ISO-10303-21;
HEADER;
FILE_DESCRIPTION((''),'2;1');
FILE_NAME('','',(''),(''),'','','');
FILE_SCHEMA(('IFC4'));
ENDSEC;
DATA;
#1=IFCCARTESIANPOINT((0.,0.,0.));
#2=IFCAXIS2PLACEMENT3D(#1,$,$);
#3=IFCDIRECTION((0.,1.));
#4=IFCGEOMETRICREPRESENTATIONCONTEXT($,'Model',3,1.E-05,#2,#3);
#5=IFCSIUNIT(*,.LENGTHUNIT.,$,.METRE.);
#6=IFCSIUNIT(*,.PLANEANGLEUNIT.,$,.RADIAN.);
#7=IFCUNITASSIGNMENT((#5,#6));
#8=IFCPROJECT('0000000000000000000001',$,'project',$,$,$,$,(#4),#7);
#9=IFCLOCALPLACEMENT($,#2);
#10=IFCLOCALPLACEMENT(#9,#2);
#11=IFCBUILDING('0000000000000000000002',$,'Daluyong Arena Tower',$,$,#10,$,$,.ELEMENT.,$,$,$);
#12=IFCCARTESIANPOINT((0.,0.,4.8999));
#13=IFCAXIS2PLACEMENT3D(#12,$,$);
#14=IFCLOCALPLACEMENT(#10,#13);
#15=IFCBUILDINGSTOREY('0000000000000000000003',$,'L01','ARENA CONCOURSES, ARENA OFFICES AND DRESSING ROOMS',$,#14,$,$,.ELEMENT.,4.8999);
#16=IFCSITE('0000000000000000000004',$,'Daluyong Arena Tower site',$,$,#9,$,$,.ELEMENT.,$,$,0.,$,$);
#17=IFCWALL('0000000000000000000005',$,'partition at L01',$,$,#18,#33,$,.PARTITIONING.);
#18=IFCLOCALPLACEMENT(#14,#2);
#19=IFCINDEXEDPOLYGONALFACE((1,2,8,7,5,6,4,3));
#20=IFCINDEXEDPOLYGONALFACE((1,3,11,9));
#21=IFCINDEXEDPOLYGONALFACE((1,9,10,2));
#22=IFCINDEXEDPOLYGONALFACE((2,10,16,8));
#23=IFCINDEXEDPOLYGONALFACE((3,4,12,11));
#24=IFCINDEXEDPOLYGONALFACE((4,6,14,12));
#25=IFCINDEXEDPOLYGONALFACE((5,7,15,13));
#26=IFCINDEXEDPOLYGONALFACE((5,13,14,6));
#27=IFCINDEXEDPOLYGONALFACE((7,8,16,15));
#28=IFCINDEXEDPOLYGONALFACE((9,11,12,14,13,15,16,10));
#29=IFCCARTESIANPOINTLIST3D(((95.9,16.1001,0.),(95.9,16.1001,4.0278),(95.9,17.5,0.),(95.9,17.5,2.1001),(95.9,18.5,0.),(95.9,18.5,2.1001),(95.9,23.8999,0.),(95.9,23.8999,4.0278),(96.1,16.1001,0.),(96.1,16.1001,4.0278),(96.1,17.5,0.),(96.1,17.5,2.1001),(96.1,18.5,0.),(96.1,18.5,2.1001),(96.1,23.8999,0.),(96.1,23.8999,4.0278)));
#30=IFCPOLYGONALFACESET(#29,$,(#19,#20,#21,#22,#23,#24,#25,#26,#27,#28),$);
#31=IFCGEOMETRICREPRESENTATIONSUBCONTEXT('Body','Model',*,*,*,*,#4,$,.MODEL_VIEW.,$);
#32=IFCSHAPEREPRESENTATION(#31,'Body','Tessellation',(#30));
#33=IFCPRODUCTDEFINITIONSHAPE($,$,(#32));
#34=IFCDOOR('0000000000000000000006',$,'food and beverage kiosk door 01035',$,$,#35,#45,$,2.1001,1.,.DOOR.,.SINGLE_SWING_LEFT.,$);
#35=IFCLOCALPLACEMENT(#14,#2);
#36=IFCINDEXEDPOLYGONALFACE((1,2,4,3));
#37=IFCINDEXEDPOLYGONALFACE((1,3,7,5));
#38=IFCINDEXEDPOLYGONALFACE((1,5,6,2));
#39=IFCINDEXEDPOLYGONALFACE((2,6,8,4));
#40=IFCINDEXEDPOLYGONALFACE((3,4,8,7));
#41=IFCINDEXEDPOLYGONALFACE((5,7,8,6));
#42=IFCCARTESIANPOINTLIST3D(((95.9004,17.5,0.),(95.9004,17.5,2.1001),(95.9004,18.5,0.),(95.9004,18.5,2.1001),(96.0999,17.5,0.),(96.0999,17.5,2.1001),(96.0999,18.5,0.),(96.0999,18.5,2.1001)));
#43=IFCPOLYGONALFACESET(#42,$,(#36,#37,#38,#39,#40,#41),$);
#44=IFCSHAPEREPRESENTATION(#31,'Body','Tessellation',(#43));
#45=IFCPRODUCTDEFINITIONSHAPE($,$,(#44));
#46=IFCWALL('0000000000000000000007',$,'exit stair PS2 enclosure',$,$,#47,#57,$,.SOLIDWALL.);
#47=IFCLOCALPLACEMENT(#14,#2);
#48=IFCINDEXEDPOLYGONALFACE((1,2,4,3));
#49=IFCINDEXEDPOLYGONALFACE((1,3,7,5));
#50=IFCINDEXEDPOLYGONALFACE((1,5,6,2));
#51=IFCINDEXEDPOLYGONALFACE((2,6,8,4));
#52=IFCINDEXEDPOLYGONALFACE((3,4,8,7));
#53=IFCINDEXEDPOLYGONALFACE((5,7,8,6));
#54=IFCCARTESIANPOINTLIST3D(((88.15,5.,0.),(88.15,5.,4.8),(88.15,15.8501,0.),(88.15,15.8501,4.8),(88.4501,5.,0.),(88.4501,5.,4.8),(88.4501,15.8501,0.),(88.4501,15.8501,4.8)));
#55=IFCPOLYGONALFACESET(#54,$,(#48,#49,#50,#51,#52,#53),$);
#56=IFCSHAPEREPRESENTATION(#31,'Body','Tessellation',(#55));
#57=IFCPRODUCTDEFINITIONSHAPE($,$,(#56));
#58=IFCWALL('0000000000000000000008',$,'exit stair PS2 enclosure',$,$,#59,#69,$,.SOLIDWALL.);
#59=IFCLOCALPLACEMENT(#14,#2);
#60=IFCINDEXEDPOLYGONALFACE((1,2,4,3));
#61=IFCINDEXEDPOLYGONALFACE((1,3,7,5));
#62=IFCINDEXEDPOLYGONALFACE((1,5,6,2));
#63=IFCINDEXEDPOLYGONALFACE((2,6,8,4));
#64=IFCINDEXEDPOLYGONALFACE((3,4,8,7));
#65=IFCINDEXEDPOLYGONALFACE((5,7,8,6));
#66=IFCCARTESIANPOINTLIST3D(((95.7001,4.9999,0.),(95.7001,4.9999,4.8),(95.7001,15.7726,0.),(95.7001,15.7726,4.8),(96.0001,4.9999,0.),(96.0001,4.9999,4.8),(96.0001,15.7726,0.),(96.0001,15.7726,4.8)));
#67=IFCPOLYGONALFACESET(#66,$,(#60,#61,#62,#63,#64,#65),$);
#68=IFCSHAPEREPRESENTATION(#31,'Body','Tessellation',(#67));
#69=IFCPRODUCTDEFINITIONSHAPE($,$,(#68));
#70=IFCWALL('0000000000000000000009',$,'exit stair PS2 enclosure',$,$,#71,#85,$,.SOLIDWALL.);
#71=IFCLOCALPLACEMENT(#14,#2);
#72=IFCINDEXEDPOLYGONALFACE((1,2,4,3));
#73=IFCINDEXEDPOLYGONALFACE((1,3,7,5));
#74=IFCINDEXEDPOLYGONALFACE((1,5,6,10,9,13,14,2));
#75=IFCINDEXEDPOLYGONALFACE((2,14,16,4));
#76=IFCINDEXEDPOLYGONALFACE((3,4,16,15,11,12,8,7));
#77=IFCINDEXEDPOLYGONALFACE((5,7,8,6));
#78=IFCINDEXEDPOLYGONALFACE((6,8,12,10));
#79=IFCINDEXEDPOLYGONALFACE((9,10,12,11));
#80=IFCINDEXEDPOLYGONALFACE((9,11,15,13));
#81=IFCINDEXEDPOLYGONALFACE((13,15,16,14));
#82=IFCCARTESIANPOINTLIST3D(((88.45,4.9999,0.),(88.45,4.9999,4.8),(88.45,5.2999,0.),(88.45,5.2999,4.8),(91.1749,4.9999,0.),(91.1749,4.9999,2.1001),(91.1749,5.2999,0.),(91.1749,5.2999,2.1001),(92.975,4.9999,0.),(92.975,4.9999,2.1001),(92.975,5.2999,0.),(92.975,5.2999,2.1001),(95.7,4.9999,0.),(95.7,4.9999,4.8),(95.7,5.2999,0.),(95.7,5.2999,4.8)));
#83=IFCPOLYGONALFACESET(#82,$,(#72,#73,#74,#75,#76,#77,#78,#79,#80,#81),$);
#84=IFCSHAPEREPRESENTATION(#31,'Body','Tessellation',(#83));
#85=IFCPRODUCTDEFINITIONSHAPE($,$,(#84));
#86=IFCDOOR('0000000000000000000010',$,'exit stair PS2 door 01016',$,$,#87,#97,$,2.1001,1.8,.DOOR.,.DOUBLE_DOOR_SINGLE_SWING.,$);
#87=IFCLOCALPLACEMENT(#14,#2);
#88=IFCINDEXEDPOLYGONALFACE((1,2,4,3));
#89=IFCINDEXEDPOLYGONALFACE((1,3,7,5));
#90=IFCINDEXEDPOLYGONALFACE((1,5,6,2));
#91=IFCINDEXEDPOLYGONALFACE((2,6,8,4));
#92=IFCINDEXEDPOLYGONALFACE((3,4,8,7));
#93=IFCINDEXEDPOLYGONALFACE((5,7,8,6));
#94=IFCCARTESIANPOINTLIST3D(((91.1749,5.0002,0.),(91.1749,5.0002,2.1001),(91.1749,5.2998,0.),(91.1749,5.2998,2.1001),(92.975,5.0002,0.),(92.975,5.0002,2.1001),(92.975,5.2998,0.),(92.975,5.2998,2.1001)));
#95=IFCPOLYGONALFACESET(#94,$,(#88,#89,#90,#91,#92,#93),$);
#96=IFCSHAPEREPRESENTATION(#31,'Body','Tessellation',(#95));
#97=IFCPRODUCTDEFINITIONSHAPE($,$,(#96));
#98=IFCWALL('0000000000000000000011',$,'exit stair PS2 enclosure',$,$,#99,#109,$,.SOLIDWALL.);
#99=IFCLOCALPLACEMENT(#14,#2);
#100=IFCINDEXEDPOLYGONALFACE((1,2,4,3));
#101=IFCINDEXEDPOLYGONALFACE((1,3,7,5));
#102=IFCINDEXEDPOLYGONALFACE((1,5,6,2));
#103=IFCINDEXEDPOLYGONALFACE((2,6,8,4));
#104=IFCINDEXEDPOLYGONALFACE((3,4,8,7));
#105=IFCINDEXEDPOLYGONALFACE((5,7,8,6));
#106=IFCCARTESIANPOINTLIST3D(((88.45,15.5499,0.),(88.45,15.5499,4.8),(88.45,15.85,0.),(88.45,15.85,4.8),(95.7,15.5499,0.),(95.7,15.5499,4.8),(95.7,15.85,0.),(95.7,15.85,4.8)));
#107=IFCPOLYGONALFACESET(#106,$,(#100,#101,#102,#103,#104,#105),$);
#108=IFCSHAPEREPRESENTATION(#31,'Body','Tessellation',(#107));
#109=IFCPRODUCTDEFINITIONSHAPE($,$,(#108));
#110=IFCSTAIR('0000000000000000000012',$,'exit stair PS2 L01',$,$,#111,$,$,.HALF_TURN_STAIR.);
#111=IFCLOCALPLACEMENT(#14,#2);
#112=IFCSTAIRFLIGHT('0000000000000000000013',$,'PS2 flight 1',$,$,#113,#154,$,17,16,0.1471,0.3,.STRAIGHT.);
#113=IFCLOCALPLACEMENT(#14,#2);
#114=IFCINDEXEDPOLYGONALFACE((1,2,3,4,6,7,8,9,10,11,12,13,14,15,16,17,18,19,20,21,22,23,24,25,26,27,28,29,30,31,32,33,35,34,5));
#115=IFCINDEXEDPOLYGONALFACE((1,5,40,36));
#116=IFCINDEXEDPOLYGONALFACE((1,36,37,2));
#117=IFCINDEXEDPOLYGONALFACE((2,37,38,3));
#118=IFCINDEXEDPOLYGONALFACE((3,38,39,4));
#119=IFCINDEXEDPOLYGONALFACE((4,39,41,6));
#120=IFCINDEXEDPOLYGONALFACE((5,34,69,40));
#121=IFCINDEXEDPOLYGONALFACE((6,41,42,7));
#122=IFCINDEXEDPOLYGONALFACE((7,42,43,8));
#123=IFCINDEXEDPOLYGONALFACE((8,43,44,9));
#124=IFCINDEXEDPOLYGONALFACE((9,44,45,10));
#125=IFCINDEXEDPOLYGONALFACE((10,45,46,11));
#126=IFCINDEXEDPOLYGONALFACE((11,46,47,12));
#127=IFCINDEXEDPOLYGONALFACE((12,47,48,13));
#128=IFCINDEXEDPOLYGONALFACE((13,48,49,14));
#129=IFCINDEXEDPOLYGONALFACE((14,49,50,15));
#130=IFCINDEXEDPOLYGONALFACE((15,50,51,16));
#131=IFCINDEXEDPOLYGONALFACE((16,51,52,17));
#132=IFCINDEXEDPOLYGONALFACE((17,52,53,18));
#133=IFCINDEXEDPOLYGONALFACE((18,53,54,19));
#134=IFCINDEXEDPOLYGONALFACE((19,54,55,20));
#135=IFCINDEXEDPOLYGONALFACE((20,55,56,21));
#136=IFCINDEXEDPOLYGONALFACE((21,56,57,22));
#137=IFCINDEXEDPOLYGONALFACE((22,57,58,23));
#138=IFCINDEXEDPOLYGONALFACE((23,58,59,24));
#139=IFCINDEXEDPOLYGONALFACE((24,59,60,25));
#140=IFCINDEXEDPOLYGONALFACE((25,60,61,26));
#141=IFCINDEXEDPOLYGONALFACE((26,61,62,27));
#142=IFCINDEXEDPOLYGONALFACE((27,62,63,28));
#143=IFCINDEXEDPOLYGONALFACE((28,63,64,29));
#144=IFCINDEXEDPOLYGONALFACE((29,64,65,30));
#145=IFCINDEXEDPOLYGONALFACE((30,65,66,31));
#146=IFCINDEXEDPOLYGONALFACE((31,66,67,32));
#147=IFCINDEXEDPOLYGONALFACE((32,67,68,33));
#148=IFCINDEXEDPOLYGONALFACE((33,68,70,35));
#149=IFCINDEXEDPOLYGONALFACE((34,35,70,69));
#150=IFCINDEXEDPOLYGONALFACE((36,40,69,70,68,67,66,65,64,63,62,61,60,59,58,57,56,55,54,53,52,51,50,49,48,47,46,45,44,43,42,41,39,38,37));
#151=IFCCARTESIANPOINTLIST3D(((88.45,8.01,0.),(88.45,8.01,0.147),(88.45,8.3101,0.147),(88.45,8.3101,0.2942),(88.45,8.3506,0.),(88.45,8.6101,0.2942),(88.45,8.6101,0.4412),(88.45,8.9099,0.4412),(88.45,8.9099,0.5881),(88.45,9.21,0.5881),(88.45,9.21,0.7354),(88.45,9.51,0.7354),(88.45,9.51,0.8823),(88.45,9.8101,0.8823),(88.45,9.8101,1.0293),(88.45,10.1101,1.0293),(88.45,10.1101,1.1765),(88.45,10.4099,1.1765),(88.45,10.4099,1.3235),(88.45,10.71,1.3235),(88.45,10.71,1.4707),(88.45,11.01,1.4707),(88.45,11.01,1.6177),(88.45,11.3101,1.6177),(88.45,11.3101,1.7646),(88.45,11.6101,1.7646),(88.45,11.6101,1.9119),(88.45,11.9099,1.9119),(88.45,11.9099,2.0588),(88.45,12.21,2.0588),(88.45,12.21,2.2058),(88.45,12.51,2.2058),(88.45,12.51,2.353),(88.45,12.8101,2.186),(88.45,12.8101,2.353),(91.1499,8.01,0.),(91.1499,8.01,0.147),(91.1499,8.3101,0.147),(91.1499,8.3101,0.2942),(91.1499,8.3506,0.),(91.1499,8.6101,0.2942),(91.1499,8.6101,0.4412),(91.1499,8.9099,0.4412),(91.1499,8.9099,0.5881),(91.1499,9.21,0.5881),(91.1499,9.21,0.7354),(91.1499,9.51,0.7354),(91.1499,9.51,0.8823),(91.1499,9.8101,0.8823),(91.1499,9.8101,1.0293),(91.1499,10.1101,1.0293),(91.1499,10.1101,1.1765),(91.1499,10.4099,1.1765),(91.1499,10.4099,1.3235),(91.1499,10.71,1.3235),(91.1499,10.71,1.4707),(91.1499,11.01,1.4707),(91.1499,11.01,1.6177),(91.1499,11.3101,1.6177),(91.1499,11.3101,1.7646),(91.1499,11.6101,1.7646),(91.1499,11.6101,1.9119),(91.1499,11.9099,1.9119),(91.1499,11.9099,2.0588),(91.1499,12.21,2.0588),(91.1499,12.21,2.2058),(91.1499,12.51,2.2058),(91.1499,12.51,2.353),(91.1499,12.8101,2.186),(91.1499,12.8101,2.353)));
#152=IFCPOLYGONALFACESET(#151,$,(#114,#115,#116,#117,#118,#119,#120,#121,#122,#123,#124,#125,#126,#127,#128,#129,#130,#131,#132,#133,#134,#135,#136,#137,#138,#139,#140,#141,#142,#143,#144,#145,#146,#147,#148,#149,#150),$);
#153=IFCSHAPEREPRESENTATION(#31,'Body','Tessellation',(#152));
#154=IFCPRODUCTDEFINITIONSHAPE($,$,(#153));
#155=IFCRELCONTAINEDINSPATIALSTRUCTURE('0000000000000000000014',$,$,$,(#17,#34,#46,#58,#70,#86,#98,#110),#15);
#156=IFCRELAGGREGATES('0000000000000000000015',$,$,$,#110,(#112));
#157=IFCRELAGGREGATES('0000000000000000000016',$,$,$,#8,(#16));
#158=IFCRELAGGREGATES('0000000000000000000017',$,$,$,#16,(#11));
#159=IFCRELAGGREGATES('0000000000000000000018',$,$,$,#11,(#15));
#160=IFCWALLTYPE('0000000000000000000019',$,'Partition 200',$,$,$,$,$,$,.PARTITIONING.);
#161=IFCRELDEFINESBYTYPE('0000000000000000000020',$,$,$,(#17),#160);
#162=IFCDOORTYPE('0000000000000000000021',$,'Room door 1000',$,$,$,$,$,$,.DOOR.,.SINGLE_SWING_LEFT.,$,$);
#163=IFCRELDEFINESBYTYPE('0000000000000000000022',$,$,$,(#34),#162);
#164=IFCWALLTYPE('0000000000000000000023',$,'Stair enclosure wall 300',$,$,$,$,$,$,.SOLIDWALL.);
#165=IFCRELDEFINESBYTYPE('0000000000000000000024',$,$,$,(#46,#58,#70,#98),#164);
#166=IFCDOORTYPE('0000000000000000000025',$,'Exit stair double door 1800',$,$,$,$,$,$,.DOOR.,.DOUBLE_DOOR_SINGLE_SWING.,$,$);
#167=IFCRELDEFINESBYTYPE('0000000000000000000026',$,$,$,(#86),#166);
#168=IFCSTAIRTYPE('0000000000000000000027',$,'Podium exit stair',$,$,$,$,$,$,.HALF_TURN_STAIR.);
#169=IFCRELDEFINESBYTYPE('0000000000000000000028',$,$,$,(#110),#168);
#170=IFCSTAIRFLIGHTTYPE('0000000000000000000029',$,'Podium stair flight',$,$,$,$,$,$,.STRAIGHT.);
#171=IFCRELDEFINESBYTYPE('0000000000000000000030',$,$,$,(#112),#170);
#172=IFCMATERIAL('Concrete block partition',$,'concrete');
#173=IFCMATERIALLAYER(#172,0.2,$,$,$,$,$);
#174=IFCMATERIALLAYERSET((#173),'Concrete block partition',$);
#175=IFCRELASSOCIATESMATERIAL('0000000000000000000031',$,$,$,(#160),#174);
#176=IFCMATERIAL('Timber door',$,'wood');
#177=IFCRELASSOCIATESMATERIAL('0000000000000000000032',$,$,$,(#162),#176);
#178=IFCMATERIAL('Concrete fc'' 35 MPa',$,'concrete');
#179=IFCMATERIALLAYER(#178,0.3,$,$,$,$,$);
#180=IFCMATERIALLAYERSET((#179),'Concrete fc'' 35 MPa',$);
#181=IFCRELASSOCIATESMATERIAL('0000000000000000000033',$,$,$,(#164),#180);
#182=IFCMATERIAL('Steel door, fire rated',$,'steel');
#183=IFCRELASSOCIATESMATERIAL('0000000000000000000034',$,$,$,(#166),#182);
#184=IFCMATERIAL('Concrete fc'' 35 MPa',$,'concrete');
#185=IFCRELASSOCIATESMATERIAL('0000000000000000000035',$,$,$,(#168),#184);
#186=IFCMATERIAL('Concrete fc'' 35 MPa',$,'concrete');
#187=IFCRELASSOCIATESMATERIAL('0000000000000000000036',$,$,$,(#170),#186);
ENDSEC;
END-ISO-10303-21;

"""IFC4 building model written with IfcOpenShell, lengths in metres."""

from ifc_helpers import new_model, si_unit, direction, frame, frame_2d, origin, place, context, subcontext, project, spatial, polyline, rectangle, outline, extrude, material, layer, layer_set, type_object, element, fill, aggregate, save


model = new_model("IFC4")

# Units and contexts
model_context = context("Model", 3, precision=1e-05, world=origin(), true_north=direction((0.0, 1.0)))
body_context = subcontext(model_context, "Body", "Model", "MODEL_VIEW")
ifc_project = project(units=[si_unit("LENGTHUNIT", "METRE"), si_unit("PLANEANGLEUNIT", "RADIAN")], contexts=[model_context])

# Site, building, storey
site_placement = place(None, origin())
site = spatial("IfcSite", under=ifc_project, at=site_placement, Name="Daluyong Arena Tower site", CompositionType="ELEMENT", RefElevation=0.0)
building_placement = place(site_placement, origin())
building = spatial("IfcBuilding", under=site, at=building_placement, Name="Daluyong Arena Tower", CompositionType="ELEMENT")
storey_placement = place(building_placement, frame((0.0, 0.0, 4.8999)))
storey = spatial("IfcBuildingStorey", under=building, at=storey_placement, Name="L01", Description="ARENA CONCOURSES, ARENA OFFICES AND DRESSING ROOMS", CompositionType="ELEMENT", Elevation=4.8999)

# Shared definitions
ifc_material_1 = material(Name="Concrete block partition", Category="concrete")
ifc_layer_1 = layer(ifc_material_1, 0.2)
ifc_layer_set_1 = layer_set([ifc_layer_1], Name="Concrete block partition")
wall_type_1 = type_object("IfcWallType", Name="Partition 200", PredefinedType="PARTITIONING", material=ifc_layer_set_1)

# Wall, opening, door
wall_1_placement = place(storey_placement, frame((96.0, 16.1001, 0.0), z_axis=(0.0, 0.0, 1.0), x_axis=(0.0, 1.0, 0.0)))
wall_1 = element("IfcWall", 1, at=wall_1_placement, inside=storey, type_object=wall_type_1, Name="partition at L01", PredefinedType="PARTITIONING", context=body_context, shape_type="SweptSolid", body=[
    extrude(rectangle(XDim=7.7998, YDim=0.2, at=frame_2d((3.8999, 0.0))), origin(), (0.0, 0.0, 1.0), 4.0278),
])
opening_1_placement = place(wall_1_placement, frame((1.3999, 0.0, 0.0)))
opening_1 = element("IfcOpeningElement", 2, at=opening_1_placement, cuts=wall_1, PredefinedType="OPENING", context=body_context, shape_type="SweptSolid", body=[
    extrude(rectangle(XDim=1.0, YDim=2.1001, at=frame_2d((0.5, 1.05))), frame((0.0, 0.1099, 0.0), z_axis=(0.0, -1.0, 0.0), x_axis=(1.0, 0.0, 0.0)), (0.0, 0.0, 1.0), 0.22),
])
ifc_material_2 = material(Name="Timber door", Category="wood")
door_type_1 = type_object("IfcDoorType", Name="Room door 1000", OperationType="SINGLE_SWING_LEFT", PredefinedType="DOOR", material=ifc_material_2)
door_1_placement = place(opening_1_placement, origin())
door_1 = element("IfcDoor", 3, at=door_1_placement, inside=storey, type_object=door_type_1, Name="food and beverage kiosk door 01035", OperationType="SINGLE_SWING_LEFT", OverallHeight=2.1001, OverallWidth=1.0, PredefinedType="DOOR", context=body_context, shape_type="SweptSolid", body=[
    extrude(rectangle(XDim=1.0, YDim=2.1001, at=frame_2d((0.5, 1.05))), frame((0.0, 0.0996, 0.0), z_axis=(0.0, -1.0, 0.0), x_axis=(1.0, 0.0, 0.0)), (0.0, 0.0, 1.0), 0.1995),
])
fill(opening_1, door_1)

# Walls
ifc_material_3 = material(Name="Concrete fc' 35 MPa", Category="concrete")
ifc_layer_2 = layer(ifc_material_3, 0.3)
ifc_layer_set_2 = layer_set([ifc_layer_2], Name="Concrete fc' 35 MPa")
wall_type_2 = type_object("IfcWallType", Name="Stair enclosure wall 300", PredefinedType="SOLIDWALL", material=ifc_layer_set_2)
wall_2_placement = place(storey_placement, frame((88.3, 5.0, 0.0), z_axis=(0.0, 0.0, 1.0), x_axis=(0.0, 1.0, 0.0)))
element("IfcWall", 4, at=wall_2_placement, inside=storey, type_object=wall_type_2, Name="exit stair PS2 enclosure", PredefinedType="SOLIDWALL", context=body_context, shape_type="SweptSolid", body=[
    extrude(rectangle(XDim=10.8501, YDim=0.3, at=frame_2d((5.425, 0.0))), origin(), (0.0, 0.0, 1.0), 4.8),
])
wall_3_placement = place(storey_placement, frame((95.8501, 5.0, 0.0), z_axis=(0.0, 0.0, 1.0), x_axis=(0.0, 1.0, 0.0)))
element("IfcWall", 5, at=wall_3_placement, inside=storey, type_object=wall_type_2, Name="exit stair PS2 enclosure", PredefinedType="SOLIDWALL", context=body_context, shape_type="SweptSolid", body=[
    extrude(rectangle(XDim=10.7727, YDim=0.3, at=frame_2d((5.3862, 0.0))), origin(), (0.0, 0.0, 1.0), 4.8),
])

# Wall, opening, door
wall_4_placement = place(storey_placement, frame((88.45, 5.1499, 0.0), z_axis=(0.0, 0.0, 1.0), x_axis=(1.0, 0.0, 0.0)))
wall_4 = element("IfcWall", 6, at=wall_4_placement, inside=storey, type_object=wall_type_2, Name="exit stair PS2 enclosure", PredefinedType="SOLIDWALL", context=body_context, shape_type="SweptSolid", body=[
    extrude(rectangle(XDim=7.25, YDim=0.3, at=frame_2d((3.625, 0.0))), origin(), (0.0, 0.0, 1.0), 4.8),
])
opening_2_placement = place(wall_4_placement, frame((2.7251, 0.0, 0.0)))
opening_2 = element("IfcOpeningElement", 7, at=opening_2_placement, cuts=wall_4, PredefinedType="OPENING", context=body_context, shape_type="SweptSolid", body=[
    extrude(rectangle(XDim=1.8, YDim=2.1001, at=frame_2d((0.8999, 1.05))), frame((0.0, 0.1599, 0.0), z_axis=(0.0, -1.0, 0.0), x_axis=(1.0, 0.0, 0.0)), (0.0, 0.0, 1.0), 0.3201),
])
ifc_material_4 = material(Name="Steel door, fire rated", Category="steel")
door_type_2 = type_object("IfcDoorType", Name="Exit stair double door 1800", OperationType="DOUBLE_DOOR_SINGLE_SWING", PredefinedType="DOOR", material=ifc_material_4)
door_2_placement = place(opening_2_placement, origin())
door_2 = element("IfcDoor", 8, at=door_2_placement, inside=storey, type_object=door_type_2, Name="exit stair PS2 door 01016", OperationType="DOUBLE_DOOR_SINGLE_SWING", OverallHeight=2.1001, OverallWidth=1.8, PredefinedType="DOOR", context=body_context, shape_type="SweptSolid", body=[
    extrude(rectangle(XDim=1.8, YDim=2.1001, at=frame_2d((0.8999, 1.05))), frame((0.0, 0.1499, 0.0), z_axis=(0.0, -1.0, 0.0), x_axis=(1.0, 0.0, 0.0)), (0.0, 0.0, 1.0), 0.2996),
])
fill(opening_2, door_2)

# Wall
wall_5_placement = place(storey_placement, frame((88.45, 15.7, 0.0), z_axis=(0.0, 0.0, 1.0), x_axis=(1.0, 0.0, 0.0)))
element("IfcWall", 9, at=wall_5_placement, inside=storey, type_object=wall_type_2, Name="exit stair PS2 enclosure", PredefinedType="SOLIDWALL", context=body_context, shape_type="SweptSolid", body=[
    extrude(rectangle(XDim=7.25, YDim=0.3, at=frame_2d((3.625, 0.0))), origin(), (0.0, 0.0, 1.0), 4.8),
])

# Stair, stair flight
ifc_material_5 = material(Name="Concrete fc' 35 MPa", Category="concrete")
stair_type = type_object("IfcStairType", Name="Podium exit stair", PredefinedType="HALF_TURN_STAIR", material=ifc_material_5)
stair_placement = place(storey_placement, origin())
stair = element("IfcStair", 10, at=stair_placement, inside=storey, type_object=stair_type, Name="exit stair PS2 L01", PredefinedType="HALF_TURN_STAIR")
ifc_material_6 = material(Name="Concrete fc' 35 MPa", Category="concrete")
stair_flight_type = type_object("IfcStairFlightType", Name="Podium stair flight", PredefinedType="STRAIGHT", material=ifc_material_6)
stair_flight_1_placement = place(storey_placement, frame((89.8, 8.01, 0.0), z_axis=(0.0, 0.0, 1.0), x_axis=(0.0, 1.0, 0.0)))
stair_flight_1 = element("IfcStairFlight", 11, at=stair_flight_1_placement, type_object=stair_flight_type, Name="PS2 flight 1", NumberOfRisers=17, NumberOfTreads=16, PredefinedType="STRAIGHT", RiserHeight=0.1471, TreadLength=0.3, context=body_context, shape_type="SweptSolid", body=[
    extrude(outline(polyline([(0.0, 0.0), (0.0, 0.147), (0.3, 0.147), (0.3, 0.2942), (0.6001, 0.2942), (0.6001, 0.4412), (0.8999, 0.4412), (0.8999, 0.5881), (1.2, 0.5881), (1.2, 0.7354), (1.5, 0.7354), (1.5, 0.8823), (1.8, 0.8823), (1.8, 1.0293), (2.1001, 1.0293), (2.1001, 1.1765), (2.3999, 1.1765), (2.3999, 1.3235), (2.7, 1.3235), (2.7, 1.4707), (3.0, 1.4707), (3.0, 1.6177), (3.3, 1.6177), (3.3, 1.7646), (3.6001, 1.7646), (3.6001, 1.9119), (3.8999, 1.9119), (3.8999, 2.0588), (4.2, 2.0588), (4.2, 2.2058), (4.5, 2.2058), (4.5, 2.353), (4.8, 2.353), (4.8, 2.5), (4.8, 2.186), (0.3406, 0.0), (0.0, 0.0)])), frame((0.0, 1.3501, 0.0), z_axis=(0.0, -1.0, 0.0), x_axis=(1.0, 0.0, 0.0)), (0.0, 0.0, 1.0), 2.7),
])
aggregate(stair, [stair_flight_1])

save(model, "model.ifc")
